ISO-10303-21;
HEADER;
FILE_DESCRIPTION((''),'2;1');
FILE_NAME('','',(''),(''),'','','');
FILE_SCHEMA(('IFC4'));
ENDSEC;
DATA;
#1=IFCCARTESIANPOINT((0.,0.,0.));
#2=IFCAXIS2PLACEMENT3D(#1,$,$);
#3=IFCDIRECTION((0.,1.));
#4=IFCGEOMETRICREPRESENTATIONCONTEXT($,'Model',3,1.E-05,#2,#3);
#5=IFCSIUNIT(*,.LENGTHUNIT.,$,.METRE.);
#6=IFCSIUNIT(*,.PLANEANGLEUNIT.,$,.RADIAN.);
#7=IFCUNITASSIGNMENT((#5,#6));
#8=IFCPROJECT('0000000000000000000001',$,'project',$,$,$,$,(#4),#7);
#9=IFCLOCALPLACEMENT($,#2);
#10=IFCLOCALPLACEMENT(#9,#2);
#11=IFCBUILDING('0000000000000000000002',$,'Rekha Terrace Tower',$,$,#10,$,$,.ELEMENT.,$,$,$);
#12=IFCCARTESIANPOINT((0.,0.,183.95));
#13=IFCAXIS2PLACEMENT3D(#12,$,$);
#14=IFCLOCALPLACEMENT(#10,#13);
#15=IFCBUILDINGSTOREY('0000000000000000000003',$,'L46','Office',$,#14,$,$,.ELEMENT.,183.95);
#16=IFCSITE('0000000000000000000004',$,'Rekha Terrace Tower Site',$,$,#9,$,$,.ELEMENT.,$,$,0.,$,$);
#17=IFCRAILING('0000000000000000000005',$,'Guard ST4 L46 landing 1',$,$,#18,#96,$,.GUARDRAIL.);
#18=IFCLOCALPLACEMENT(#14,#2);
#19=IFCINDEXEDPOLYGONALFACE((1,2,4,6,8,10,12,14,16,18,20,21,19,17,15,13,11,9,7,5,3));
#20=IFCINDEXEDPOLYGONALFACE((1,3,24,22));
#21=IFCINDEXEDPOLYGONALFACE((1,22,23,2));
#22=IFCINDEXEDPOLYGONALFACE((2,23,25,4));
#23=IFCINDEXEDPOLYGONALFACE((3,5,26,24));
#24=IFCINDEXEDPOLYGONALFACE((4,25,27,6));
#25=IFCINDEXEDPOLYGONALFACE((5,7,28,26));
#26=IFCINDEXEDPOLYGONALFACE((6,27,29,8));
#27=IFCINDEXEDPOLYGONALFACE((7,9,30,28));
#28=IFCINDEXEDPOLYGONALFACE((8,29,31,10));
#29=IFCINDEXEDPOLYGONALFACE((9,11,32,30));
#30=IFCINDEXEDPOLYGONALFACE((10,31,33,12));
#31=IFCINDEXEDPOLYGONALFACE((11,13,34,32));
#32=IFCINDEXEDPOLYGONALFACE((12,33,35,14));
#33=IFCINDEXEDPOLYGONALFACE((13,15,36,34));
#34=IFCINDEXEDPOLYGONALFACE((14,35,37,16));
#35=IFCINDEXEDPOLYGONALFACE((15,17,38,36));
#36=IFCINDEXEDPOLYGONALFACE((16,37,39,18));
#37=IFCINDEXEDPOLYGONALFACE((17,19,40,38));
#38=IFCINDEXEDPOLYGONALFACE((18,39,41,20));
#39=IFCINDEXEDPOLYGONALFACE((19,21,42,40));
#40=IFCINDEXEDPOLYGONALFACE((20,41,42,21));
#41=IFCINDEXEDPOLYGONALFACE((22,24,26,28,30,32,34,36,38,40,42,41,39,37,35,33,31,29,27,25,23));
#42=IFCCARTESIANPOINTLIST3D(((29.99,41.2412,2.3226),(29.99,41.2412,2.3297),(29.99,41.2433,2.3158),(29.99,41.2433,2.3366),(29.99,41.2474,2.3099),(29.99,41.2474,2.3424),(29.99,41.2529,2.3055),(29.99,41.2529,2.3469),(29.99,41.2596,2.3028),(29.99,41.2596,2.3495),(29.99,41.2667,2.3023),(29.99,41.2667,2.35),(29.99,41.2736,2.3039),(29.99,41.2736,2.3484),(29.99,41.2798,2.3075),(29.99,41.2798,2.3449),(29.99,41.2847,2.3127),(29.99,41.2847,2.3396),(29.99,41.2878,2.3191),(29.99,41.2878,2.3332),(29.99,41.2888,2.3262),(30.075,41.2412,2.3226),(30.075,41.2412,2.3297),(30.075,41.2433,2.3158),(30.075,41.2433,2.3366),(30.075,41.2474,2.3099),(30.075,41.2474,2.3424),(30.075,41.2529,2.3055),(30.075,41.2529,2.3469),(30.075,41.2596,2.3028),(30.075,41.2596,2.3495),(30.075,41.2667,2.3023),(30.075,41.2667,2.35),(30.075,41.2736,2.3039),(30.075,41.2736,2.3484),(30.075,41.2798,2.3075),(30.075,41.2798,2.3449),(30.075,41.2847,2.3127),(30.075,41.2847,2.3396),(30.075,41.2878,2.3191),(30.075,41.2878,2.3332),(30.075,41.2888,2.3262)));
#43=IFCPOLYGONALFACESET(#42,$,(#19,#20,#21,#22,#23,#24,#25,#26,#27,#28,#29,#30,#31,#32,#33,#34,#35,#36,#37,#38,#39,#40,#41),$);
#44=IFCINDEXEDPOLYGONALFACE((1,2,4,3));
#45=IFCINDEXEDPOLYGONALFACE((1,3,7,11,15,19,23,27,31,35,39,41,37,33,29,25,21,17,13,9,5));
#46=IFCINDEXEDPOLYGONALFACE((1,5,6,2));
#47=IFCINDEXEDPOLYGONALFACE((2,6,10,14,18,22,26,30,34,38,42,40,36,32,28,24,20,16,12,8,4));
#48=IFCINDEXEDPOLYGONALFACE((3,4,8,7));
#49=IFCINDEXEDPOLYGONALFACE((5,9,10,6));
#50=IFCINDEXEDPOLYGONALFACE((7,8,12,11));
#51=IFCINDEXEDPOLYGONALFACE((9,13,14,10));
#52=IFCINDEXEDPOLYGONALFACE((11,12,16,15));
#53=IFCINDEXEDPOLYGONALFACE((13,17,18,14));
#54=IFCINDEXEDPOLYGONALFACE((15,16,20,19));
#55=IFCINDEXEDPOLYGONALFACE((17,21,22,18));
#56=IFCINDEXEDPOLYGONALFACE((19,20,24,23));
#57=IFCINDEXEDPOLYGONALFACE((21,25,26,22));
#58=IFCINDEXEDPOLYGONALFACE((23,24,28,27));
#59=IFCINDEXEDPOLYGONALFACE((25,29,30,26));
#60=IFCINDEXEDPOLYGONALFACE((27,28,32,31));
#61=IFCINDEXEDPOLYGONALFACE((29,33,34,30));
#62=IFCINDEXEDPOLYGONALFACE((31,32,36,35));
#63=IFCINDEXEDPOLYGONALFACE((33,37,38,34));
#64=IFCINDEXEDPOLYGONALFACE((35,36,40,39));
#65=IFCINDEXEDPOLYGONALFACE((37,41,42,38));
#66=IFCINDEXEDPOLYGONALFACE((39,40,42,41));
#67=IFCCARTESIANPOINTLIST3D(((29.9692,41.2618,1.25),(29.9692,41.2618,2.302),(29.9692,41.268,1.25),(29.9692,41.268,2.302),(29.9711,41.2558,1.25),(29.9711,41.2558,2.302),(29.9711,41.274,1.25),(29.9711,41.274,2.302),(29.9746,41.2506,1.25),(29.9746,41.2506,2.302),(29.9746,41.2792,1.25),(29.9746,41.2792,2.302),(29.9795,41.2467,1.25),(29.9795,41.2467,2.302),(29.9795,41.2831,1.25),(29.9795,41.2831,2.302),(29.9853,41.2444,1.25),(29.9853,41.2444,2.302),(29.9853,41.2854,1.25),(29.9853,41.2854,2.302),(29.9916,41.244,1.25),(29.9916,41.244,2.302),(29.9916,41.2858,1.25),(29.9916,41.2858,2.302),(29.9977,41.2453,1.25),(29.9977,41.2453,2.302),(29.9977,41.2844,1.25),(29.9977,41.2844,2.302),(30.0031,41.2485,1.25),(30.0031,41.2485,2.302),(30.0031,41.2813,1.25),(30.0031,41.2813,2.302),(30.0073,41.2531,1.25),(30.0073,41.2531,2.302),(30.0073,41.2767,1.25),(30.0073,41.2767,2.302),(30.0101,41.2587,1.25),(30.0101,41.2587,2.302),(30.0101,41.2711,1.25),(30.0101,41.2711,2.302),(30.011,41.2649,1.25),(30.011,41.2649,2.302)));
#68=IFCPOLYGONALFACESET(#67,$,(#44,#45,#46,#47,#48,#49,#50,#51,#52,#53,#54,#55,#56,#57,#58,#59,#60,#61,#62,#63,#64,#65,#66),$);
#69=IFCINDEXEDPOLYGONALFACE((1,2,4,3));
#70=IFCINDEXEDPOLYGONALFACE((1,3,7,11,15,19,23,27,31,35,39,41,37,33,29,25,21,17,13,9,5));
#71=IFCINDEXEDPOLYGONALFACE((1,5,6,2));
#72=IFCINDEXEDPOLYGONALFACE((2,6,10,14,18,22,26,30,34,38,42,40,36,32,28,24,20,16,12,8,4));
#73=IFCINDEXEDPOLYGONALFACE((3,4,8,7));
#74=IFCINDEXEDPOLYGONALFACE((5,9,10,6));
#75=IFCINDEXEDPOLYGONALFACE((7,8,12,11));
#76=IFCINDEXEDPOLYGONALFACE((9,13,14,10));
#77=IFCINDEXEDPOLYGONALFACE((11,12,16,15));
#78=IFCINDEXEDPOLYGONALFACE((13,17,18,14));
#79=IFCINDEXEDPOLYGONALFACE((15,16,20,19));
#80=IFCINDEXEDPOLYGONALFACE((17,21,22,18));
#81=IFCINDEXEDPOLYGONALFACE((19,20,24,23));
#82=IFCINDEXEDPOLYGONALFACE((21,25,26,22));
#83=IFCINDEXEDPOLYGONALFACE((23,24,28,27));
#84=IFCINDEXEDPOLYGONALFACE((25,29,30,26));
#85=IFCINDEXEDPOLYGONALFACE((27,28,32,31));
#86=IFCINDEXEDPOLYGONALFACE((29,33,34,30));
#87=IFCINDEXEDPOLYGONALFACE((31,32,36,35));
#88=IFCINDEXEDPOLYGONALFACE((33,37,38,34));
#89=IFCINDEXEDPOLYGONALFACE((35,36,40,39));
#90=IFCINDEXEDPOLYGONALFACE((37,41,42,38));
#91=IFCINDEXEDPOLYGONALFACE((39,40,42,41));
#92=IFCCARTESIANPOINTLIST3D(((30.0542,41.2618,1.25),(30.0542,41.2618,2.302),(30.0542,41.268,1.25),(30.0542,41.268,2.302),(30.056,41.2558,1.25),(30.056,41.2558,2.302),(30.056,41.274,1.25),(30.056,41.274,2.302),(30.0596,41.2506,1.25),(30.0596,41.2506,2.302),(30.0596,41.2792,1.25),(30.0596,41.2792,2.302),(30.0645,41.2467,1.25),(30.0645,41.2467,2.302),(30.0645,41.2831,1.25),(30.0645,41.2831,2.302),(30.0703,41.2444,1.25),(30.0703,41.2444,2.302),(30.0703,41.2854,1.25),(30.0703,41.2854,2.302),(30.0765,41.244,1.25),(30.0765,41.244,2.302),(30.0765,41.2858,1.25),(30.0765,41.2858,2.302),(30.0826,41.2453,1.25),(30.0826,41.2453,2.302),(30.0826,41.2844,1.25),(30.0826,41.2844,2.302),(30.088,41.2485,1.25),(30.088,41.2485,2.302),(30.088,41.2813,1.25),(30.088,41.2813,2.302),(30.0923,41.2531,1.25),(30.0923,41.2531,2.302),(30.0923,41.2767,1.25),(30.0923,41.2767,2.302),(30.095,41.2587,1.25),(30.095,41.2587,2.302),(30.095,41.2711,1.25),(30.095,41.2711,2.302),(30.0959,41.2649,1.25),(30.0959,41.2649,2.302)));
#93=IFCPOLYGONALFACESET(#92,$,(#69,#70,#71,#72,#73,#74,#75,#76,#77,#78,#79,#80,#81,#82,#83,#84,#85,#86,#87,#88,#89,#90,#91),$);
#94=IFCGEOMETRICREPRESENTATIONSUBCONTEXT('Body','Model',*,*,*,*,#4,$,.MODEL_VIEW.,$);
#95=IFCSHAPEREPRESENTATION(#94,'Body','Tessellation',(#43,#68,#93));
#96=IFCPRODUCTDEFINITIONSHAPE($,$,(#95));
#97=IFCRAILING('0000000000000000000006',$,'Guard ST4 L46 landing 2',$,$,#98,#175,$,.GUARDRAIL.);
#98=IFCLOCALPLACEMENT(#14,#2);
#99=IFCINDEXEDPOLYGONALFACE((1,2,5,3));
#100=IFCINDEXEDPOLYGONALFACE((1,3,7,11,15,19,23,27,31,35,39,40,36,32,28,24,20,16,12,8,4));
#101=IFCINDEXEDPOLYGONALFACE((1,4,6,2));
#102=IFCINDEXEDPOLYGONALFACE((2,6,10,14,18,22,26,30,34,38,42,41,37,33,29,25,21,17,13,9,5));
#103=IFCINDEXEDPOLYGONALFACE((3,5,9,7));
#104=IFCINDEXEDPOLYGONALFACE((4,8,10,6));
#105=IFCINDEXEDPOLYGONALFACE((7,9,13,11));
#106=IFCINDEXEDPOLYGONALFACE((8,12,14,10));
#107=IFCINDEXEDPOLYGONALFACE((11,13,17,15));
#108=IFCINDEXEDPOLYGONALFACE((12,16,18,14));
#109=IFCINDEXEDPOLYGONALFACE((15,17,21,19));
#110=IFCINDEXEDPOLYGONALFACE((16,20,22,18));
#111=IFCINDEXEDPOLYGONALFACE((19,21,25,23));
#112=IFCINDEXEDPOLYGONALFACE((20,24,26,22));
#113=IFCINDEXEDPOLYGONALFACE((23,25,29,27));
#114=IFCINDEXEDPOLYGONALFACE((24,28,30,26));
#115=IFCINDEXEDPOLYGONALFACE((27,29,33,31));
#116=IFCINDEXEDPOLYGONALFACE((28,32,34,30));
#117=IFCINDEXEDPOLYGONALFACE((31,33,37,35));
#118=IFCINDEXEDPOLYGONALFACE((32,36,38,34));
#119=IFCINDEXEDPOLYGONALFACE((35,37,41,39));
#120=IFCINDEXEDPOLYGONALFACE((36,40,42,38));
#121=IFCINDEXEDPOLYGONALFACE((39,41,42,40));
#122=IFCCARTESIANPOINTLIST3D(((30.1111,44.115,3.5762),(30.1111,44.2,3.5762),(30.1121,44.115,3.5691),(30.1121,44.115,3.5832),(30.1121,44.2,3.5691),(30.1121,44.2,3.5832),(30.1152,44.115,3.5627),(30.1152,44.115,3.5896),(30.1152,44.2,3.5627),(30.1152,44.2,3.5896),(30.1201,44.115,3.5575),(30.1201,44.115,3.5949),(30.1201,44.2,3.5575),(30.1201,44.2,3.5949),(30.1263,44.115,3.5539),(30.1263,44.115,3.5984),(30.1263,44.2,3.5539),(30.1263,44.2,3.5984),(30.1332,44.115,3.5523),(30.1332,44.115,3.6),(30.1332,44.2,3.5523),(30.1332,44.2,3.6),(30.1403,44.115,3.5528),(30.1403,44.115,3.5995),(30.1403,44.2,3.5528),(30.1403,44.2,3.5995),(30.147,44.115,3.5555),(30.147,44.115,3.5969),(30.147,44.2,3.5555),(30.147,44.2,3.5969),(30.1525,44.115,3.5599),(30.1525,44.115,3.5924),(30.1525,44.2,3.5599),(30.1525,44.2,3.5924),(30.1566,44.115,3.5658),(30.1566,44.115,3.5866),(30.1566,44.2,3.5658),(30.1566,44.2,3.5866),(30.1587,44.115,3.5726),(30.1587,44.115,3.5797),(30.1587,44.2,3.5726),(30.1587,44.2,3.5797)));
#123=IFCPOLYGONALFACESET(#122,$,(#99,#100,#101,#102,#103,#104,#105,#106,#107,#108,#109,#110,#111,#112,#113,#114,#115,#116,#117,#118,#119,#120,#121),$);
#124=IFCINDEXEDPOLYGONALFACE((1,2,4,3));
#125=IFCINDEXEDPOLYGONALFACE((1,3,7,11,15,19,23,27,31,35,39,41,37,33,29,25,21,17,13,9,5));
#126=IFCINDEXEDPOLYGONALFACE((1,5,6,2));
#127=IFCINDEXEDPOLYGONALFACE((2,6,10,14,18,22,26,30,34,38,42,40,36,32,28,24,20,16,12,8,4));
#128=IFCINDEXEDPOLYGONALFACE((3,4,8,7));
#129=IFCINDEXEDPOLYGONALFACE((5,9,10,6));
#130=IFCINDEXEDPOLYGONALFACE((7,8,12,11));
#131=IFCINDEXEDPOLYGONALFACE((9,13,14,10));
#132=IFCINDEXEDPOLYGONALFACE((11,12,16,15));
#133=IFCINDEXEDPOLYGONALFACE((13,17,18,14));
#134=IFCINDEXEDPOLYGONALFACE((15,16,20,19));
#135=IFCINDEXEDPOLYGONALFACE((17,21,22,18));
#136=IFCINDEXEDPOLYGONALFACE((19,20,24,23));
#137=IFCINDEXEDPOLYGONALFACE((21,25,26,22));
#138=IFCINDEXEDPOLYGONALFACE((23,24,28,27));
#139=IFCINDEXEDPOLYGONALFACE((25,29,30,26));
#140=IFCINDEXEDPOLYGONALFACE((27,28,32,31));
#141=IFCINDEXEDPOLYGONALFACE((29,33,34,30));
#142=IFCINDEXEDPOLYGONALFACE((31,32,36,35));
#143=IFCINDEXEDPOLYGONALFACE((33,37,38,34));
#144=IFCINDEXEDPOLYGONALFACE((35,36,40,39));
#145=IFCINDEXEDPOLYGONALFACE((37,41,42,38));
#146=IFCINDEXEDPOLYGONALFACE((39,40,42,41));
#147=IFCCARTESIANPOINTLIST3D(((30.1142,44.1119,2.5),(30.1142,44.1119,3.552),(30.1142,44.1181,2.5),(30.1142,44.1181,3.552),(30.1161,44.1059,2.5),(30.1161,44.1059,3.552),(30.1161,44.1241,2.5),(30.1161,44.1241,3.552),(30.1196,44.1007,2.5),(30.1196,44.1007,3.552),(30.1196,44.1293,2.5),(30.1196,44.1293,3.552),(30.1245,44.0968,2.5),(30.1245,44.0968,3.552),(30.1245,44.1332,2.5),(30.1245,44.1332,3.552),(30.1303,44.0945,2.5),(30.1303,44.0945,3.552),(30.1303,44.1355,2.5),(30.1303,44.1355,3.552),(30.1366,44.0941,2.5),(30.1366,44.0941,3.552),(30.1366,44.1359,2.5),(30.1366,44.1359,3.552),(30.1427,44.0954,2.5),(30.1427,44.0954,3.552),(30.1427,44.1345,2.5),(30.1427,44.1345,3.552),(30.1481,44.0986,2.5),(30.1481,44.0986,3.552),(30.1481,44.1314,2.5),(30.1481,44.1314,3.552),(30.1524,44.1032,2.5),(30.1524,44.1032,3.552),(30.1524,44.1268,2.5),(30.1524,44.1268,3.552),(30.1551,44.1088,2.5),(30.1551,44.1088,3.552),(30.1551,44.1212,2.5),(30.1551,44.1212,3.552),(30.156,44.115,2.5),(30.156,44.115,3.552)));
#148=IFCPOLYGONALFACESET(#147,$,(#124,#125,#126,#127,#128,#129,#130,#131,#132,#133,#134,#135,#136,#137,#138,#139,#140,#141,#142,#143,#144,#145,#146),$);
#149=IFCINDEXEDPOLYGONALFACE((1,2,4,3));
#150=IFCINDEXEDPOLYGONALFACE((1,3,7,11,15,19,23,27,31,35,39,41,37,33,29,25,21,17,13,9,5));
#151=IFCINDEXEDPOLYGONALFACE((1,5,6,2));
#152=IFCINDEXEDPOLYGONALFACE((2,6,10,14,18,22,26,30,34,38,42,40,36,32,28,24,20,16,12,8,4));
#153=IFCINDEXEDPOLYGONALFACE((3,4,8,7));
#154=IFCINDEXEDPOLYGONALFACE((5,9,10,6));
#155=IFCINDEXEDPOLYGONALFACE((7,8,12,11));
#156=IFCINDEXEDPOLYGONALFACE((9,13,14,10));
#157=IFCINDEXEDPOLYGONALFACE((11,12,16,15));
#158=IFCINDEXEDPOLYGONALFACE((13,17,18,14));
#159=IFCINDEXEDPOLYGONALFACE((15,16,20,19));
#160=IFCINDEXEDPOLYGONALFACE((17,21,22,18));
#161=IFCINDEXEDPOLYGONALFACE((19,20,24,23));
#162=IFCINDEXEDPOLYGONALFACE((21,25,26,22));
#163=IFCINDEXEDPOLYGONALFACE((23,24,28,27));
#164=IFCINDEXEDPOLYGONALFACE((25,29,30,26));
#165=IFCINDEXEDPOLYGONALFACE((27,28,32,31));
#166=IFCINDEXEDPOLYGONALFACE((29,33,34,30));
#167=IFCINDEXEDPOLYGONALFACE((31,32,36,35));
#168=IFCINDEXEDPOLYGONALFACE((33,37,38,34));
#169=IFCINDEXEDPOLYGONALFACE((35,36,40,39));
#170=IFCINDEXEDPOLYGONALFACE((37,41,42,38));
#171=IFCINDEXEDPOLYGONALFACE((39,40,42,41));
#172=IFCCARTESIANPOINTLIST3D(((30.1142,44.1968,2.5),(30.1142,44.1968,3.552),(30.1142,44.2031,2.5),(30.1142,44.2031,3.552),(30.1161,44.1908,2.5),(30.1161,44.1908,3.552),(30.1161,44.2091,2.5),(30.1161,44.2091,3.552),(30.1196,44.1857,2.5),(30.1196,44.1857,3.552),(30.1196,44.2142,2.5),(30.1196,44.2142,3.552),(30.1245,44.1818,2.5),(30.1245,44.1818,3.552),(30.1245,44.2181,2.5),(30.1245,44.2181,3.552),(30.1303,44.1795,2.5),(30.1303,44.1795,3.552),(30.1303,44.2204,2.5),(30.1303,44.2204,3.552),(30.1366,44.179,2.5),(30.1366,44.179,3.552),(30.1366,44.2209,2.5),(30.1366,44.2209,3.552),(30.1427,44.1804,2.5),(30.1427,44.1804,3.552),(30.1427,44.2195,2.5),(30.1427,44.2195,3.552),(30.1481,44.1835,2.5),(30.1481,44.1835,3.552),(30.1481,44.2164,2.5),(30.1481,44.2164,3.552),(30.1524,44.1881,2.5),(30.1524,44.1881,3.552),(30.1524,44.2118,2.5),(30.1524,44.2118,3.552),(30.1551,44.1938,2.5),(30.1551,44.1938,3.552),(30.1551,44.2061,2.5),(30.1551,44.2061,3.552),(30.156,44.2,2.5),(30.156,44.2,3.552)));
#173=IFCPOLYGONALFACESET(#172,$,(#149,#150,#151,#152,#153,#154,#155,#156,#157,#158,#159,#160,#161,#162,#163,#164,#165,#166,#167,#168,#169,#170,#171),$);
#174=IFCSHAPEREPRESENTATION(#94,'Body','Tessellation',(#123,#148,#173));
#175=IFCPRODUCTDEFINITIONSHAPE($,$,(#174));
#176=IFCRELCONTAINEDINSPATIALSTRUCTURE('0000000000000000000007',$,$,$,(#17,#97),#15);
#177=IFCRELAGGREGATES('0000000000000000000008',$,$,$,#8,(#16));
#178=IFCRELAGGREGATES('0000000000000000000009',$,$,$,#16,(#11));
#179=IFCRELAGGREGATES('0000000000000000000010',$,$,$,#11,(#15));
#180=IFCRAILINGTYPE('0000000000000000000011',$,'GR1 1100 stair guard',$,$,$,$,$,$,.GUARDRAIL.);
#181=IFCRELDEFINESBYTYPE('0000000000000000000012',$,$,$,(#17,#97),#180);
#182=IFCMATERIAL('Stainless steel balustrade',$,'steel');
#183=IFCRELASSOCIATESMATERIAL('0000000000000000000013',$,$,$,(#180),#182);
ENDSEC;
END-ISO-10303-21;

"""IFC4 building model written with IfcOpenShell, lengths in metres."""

from ifc_helpers import new_model, si_unit, direction, frame, origin, origin_2d, place, context, subcontext, project, spatial, circle, extrude, material, type_object, element, save


model = new_model("IFC4")

# Units and contexts
model_context = context("Model", 3, precision=1e-05, world=origin(), true_north=direction((0.0, 1.0)))
body_context = subcontext(model_context, "Body", "Model", "MODEL_VIEW")
ifc_project = project(units=[si_unit("LENGTHUNIT", "METRE"), si_unit("PLANEANGLEUNIT", "RADIAN")], contexts=[model_context])

# Site, building, storey
site_placement = place(None, origin())
site = spatial("IfcSite", under=ifc_project, at=site_placement, Name="Rekha Terrace Tower Site", CompositionType="ELEMENT", RefElevation=0.0)
building_placement = place(site_placement, origin())
building = spatial("IfcBuilding", under=site, at=building_placement, Name="Rekha Terrace Tower", CompositionType="ELEMENT")
storey_placement = place(building_placement, frame((0.0, 0.0, 183.95)))
storey = spatial("IfcBuildingStorey", under=building, at=storey_placement, Name="L46", Description="Office", CompositionType="ELEMENT", Elevation=183.95)

# Railings
ifc_material_1 = material(Name="Stainless steel balustrade", Category="steel")
railing_type_1 = type_object("IfcRailingType", Name="GR1 1100 stair guard", PredefinedType="GUARDRAIL", material=ifc_material_1)
railing_1_placement = place(storey_placement, frame((29.99, 41.2649, 1.25)))
element("IfcRailing", 1, at=railing_1_placement, inside=storey, type_object=railing_type_1, Name="Guard ST4 L46 landing 1", PredefinedType="GUARDRAIL", context=body_context, shape_type="SweptSolid", body=[
    extrude(circle(Radius=0.0239, at=origin_2d()), frame((0.0, 0.0, 1.0762), z_axis=(1.0, 0.0, 0.0), x_axis=(0.0, 1.0, 0.0)), (0.0, 0.0, 1.0), 0.085),
    extrude(circle(Radius=0.021, at=origin_2d()), origin(), (0.0, 0.0, 1.0), 1.052),
    extrude(circle(Radius=0.021, at=origin_2d()), frame((0.085, 0.0, 0.0)), (0.0, 0.0, 1.0), 1.052),
])
railing_2_placement = place(storey_placement, frame((30.135, 44.115, 2.5)))
element("IfcRailing", 2, at=railing_2_placement, inside=storey, type_object=railing_type_1, Name="Guard ST4 L46 landing 2", PredefinedType="GUARDRAIL", context=body_context, shape_type="SweptSolid", body=[
    extrude(circle(Radius=0.0239, at=origin_2d()), frame((0.0, 0.0, 1.0762), z_axis=(0.0, 1.0, 0.0), x_axis=(-1.0, 0.0, 0.0)), (0.0, 0.0, 1.0), 0.085),
    extrude(circle(Radius=0.021, at=origin_2d()), origin(), (0.0, 0.0, 1.0), 1.052),
    extrude(circle(Radius=0.021, at=origin_2d()), frame((0.0, 0.085, 0.0)), (0.0, 0.0, 1.0), 1.052),
])

save(model, "model.ifc")
